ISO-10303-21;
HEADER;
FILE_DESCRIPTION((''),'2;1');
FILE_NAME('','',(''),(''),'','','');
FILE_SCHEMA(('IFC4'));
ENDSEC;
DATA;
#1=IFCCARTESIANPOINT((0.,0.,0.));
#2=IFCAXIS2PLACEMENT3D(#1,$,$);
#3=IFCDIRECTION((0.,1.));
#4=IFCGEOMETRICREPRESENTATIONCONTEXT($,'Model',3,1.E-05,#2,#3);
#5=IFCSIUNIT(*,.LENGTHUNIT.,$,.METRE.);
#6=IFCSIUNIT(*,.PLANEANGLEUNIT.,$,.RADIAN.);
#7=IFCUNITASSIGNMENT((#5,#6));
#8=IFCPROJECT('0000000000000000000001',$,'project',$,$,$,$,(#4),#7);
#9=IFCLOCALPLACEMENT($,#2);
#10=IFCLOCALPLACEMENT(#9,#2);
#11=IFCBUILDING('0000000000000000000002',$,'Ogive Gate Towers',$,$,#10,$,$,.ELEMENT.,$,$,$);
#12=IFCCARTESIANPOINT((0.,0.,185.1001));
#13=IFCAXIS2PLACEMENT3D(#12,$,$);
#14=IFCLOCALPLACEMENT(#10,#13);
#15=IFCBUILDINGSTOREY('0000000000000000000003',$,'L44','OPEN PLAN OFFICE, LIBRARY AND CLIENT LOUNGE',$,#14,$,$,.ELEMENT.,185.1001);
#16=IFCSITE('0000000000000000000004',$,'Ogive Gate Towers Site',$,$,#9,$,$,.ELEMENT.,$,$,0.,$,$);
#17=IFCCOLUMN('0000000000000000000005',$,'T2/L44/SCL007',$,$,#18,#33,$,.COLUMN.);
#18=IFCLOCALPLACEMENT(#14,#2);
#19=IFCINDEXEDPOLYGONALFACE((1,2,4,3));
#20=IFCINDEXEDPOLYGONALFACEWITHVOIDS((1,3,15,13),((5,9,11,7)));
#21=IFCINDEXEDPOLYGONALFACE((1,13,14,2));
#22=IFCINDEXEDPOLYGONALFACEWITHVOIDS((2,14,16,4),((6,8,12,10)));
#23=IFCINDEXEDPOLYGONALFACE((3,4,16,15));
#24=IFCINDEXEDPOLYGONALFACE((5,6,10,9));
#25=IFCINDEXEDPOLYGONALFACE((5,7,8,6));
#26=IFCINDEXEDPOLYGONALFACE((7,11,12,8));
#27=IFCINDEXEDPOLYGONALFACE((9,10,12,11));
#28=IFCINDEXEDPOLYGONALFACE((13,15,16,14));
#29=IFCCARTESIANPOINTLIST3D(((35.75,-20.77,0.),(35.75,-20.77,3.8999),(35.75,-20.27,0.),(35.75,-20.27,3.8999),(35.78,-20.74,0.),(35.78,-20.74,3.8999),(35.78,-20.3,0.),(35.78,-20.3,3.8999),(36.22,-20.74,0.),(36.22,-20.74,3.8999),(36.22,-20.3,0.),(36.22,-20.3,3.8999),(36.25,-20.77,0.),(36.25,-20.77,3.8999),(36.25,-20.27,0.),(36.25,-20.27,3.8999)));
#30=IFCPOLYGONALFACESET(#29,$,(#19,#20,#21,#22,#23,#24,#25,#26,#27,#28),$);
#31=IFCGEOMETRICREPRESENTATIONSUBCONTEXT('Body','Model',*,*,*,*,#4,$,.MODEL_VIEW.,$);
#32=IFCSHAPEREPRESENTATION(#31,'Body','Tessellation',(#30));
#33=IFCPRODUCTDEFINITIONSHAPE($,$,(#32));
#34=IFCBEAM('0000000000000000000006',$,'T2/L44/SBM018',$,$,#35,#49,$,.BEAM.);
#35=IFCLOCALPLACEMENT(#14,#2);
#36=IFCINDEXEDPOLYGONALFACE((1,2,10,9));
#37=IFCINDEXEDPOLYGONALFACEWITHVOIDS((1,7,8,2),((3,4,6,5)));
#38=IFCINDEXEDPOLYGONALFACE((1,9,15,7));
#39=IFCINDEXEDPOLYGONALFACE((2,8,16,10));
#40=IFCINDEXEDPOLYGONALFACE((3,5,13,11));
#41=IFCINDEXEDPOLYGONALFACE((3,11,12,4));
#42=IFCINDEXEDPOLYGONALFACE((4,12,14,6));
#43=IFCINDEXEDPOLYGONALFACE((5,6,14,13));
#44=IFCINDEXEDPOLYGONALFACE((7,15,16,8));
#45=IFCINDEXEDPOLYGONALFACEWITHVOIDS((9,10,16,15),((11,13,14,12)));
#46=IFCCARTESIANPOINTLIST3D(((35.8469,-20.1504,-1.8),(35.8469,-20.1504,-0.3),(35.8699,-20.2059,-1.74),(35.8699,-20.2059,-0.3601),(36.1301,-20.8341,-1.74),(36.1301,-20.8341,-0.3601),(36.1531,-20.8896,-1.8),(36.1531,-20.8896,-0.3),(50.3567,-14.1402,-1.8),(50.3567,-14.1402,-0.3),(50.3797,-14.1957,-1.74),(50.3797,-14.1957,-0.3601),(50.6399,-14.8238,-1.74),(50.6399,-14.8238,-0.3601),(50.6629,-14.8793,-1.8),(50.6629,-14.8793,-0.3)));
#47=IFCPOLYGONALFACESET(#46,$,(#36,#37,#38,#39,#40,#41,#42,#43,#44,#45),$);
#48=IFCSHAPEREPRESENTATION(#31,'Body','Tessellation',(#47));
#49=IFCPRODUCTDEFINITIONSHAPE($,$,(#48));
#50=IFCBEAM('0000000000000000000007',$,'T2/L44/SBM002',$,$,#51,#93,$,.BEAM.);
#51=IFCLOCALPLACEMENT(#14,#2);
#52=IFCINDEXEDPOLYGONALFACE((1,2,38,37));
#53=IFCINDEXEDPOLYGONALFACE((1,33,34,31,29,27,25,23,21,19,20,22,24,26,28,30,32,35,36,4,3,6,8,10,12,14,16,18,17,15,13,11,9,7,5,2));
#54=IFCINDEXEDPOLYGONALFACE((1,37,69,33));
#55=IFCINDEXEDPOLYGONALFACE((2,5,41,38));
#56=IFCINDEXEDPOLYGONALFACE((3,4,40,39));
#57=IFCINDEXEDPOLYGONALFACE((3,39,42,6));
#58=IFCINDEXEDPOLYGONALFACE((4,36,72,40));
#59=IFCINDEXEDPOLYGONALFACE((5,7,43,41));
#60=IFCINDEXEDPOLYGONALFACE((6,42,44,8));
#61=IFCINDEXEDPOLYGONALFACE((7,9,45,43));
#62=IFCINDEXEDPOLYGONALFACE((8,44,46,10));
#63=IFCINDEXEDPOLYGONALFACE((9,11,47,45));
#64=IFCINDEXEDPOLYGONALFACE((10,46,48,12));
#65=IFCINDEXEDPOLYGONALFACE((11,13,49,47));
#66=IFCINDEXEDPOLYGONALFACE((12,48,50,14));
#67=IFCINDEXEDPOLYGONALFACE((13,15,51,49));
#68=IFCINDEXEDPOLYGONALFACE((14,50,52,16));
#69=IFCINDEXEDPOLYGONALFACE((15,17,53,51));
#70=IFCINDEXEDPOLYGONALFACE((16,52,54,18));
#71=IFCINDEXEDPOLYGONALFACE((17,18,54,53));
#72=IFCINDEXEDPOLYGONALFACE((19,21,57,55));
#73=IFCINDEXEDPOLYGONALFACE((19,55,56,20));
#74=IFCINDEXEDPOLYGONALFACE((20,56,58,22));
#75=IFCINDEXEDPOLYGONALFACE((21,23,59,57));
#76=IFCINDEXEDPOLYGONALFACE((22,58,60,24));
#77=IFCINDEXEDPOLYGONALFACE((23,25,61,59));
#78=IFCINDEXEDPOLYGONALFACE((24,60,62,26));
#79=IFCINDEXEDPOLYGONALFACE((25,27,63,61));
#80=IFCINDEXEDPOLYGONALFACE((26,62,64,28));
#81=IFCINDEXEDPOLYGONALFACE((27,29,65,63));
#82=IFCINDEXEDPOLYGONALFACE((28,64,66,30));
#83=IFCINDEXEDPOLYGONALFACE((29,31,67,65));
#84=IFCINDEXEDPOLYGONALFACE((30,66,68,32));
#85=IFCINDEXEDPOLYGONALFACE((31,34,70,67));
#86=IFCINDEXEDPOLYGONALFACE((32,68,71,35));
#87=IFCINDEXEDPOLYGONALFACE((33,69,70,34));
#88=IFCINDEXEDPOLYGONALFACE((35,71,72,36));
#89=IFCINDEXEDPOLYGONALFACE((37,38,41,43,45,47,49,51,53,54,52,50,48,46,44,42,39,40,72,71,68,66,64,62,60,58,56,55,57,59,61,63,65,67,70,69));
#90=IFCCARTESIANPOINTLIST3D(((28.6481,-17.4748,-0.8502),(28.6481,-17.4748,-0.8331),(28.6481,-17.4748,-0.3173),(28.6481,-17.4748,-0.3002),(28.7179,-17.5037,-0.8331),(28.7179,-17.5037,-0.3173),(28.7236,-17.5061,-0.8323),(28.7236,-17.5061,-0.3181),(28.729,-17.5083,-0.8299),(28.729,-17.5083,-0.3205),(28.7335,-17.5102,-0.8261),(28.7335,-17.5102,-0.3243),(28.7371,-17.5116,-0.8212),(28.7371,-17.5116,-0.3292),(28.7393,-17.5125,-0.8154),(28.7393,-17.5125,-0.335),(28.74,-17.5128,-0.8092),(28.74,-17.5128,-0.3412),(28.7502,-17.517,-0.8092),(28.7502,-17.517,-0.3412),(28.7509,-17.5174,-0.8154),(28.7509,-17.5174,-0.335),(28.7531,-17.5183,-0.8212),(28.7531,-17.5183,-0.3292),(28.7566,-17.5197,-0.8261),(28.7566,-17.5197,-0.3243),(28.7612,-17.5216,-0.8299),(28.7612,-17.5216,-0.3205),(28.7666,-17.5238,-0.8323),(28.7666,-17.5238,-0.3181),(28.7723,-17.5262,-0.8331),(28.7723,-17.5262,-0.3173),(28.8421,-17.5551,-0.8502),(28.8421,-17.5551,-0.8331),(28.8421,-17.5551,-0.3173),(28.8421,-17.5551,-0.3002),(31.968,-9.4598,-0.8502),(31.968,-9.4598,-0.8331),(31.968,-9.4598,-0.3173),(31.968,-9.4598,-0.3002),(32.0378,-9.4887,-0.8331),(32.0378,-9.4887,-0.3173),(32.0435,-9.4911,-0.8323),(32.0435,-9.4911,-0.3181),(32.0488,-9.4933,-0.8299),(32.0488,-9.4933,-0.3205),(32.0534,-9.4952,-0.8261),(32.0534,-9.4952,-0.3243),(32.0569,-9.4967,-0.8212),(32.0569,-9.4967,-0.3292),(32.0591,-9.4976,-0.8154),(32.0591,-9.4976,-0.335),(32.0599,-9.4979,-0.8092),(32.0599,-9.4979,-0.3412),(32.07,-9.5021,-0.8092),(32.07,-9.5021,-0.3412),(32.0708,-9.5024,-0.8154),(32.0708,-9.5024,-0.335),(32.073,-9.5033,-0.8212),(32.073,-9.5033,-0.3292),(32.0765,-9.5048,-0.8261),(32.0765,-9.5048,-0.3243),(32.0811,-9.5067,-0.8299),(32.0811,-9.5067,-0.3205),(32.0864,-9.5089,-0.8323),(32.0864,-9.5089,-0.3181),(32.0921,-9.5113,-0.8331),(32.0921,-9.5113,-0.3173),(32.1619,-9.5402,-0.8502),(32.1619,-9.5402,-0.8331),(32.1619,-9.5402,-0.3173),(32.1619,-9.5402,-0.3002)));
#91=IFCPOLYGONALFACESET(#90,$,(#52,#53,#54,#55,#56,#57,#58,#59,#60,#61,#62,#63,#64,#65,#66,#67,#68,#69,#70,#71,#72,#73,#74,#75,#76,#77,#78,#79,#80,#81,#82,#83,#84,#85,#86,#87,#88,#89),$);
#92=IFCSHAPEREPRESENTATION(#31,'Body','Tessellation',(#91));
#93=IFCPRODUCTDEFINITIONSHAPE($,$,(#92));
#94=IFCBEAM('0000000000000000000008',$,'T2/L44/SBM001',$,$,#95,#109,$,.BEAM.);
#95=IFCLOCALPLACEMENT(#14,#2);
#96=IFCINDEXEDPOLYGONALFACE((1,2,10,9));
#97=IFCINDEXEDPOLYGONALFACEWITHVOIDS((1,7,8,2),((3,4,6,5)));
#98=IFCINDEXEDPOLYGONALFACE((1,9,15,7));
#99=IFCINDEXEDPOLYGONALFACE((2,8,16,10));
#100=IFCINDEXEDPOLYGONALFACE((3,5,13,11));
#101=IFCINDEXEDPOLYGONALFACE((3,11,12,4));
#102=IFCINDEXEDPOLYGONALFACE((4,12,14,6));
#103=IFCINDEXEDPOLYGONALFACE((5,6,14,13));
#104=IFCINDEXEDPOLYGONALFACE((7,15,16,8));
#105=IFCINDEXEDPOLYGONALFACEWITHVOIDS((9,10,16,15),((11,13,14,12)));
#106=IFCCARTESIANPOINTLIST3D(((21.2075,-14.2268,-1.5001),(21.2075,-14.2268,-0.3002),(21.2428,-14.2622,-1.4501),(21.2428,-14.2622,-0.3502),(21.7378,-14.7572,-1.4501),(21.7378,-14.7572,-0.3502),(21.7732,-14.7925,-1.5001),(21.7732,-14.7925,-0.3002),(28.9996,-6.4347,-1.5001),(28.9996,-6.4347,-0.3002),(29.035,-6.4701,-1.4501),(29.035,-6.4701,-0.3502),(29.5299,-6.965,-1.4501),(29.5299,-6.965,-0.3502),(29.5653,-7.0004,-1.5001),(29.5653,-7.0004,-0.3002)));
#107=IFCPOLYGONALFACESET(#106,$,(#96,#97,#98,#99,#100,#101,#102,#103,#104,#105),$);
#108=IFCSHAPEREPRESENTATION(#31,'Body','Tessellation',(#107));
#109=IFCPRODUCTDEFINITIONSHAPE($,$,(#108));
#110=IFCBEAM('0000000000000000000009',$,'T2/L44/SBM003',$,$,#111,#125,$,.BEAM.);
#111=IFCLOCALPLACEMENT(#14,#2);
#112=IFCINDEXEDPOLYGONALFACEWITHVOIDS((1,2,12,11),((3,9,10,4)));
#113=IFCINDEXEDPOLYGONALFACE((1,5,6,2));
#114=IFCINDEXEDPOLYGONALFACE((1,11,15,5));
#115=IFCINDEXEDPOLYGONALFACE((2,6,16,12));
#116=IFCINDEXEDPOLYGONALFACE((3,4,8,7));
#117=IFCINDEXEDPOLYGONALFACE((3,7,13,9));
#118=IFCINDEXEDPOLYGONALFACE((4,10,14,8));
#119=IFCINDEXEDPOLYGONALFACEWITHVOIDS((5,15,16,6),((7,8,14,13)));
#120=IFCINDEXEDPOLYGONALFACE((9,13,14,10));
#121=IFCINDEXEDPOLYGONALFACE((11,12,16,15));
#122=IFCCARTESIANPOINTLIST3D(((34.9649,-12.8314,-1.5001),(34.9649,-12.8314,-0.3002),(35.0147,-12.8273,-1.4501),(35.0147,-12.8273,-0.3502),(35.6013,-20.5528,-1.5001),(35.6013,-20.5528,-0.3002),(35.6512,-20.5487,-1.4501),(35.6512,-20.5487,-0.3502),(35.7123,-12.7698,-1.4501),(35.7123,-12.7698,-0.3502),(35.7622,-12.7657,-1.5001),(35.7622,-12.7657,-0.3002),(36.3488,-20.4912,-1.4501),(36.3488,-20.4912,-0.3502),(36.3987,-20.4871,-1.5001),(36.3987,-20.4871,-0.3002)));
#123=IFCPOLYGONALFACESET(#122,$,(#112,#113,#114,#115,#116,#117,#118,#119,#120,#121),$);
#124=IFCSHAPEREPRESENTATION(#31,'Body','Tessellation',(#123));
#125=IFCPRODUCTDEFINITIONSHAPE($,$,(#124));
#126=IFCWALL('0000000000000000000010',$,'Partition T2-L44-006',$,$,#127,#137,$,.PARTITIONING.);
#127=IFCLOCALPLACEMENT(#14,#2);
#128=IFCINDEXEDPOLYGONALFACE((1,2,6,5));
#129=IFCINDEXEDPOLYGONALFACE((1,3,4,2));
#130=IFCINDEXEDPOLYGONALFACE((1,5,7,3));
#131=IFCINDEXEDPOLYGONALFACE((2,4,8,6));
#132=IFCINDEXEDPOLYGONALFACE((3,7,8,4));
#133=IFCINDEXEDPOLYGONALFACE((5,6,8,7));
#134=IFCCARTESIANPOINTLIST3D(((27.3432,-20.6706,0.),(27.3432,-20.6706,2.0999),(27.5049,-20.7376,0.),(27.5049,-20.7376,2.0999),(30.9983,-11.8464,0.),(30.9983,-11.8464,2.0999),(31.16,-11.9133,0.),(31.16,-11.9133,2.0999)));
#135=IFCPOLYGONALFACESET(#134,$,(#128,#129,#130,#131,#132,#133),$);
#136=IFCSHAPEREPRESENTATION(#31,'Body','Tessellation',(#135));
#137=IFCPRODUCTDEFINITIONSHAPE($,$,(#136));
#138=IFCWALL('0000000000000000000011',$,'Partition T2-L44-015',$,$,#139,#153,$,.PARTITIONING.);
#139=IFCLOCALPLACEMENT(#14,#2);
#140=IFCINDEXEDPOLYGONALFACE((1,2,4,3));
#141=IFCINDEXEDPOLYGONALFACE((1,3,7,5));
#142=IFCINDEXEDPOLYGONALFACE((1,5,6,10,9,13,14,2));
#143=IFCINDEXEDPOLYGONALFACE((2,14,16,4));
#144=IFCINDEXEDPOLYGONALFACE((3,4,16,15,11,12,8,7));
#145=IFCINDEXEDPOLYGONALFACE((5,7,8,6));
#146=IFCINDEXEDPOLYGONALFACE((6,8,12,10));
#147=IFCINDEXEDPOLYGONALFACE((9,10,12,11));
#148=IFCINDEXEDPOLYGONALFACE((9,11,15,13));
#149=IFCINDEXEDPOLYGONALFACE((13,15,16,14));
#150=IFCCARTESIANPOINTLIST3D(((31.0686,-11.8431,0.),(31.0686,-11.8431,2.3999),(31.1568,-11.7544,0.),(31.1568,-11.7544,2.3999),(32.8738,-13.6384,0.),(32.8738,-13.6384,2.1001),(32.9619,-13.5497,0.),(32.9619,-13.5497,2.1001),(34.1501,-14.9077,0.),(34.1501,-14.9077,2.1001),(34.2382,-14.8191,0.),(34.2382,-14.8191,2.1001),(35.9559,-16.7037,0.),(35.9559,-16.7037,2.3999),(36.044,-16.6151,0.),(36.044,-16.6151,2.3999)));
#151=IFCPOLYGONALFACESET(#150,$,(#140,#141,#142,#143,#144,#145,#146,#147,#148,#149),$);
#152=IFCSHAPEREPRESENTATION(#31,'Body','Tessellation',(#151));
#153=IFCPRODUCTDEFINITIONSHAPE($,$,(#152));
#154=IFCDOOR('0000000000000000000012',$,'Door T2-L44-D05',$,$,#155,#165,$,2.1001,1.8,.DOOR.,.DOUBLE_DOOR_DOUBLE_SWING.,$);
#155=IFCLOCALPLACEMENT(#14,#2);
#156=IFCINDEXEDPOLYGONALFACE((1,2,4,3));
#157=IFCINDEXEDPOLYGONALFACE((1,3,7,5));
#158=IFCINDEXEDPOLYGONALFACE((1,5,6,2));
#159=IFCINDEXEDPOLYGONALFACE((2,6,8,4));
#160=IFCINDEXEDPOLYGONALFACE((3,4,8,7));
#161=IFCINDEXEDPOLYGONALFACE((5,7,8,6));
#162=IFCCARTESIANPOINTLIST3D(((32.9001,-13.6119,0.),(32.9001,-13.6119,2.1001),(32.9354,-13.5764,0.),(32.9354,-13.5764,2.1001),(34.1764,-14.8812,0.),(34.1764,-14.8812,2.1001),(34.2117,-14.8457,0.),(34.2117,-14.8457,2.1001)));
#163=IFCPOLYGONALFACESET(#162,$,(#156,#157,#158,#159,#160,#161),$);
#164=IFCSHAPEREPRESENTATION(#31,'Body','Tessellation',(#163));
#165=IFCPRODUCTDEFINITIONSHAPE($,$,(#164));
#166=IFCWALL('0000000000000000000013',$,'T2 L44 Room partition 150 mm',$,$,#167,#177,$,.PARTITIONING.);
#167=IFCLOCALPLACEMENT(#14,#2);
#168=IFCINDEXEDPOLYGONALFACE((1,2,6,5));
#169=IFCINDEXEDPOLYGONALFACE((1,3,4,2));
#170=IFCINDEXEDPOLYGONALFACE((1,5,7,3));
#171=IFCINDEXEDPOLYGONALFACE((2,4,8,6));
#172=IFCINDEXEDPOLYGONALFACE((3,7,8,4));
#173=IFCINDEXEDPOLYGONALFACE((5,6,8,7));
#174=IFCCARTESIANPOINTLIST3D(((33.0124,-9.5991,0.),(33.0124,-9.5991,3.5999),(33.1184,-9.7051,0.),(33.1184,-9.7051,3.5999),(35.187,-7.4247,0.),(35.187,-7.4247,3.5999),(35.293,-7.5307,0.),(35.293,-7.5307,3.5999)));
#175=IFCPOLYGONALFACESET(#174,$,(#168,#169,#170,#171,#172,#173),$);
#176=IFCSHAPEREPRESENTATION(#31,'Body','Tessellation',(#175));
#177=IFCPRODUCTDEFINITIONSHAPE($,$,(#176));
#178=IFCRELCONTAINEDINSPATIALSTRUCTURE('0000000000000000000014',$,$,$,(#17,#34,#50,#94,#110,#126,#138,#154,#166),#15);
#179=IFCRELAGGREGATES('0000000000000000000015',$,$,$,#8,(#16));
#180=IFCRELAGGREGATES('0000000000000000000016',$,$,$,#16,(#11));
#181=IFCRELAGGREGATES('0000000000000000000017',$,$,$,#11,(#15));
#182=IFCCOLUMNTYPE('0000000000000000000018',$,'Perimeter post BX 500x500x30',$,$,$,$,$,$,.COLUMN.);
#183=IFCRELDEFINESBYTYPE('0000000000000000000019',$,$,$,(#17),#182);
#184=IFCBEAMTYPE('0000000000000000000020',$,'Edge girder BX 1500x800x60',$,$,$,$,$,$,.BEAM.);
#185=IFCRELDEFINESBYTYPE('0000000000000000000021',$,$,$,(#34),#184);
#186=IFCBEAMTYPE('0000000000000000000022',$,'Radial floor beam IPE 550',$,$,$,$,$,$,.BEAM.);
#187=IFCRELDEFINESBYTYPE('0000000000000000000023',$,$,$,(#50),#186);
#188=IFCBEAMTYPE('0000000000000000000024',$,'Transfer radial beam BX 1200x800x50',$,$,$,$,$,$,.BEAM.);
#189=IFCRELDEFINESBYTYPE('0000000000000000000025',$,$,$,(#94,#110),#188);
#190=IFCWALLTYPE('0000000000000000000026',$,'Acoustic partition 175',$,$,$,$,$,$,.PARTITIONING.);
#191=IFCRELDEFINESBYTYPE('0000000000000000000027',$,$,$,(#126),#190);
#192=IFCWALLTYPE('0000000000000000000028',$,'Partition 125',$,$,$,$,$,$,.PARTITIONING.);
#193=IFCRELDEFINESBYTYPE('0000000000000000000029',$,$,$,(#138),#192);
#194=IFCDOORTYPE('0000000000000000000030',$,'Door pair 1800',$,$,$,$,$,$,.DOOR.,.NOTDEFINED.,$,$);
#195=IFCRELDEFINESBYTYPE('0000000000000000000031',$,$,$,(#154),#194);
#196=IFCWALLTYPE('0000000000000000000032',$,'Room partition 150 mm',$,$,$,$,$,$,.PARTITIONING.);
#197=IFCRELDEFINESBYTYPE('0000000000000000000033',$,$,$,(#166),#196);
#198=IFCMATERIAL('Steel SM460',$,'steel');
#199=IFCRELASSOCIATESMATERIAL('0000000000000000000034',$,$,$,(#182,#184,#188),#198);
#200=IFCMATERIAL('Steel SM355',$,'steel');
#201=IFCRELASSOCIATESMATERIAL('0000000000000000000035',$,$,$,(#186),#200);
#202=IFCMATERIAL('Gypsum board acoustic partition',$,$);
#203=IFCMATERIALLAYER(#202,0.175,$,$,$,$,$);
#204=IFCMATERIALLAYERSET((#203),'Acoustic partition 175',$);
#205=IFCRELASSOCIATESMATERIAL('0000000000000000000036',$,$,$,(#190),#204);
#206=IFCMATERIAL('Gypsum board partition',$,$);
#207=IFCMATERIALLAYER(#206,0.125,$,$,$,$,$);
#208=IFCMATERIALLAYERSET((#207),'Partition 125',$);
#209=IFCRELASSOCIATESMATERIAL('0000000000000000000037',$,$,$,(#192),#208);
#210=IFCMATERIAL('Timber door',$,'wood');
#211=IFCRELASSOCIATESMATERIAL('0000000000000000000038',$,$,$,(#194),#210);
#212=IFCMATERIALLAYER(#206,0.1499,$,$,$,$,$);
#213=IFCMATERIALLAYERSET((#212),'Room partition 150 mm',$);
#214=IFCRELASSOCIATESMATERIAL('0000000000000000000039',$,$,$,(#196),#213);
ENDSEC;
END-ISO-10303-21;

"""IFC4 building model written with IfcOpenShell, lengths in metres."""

from ifc_helpers import new_model, si_unit, direction, frame, frame_2d, origin, origin_2d, place, context, subcontext, project, spatial, rectangle, hollow_rectangle, i_section, extrude, material, layer, layer_set, material_profile, profile_set, type_object, element, fill, save


model = new_model("IFC4")

# Units and contexts
model_context = context("Model", 3, precision=1e-05, world=origin(), true_north=direction((0.0, 1.0)))
body_context = subcontext(model_context, "Body", "Model", "MODEL_VIEW")
ifc_project = project(units=[si_unit("LENGTHUNIT", "METRE"), si_unit("PLANEANGLEUNIT", "RADIAN")], contexts=[model_context])

# Site, building, storey
site_placement = place(None, origin())
site = spatial("IfcSite", under=ifc_project, at=site_placement, Name="Ogive Gate Towers Site", CompositionType="ELEMENT", RefElevation=0.0)
building_placement = place(site_placement, origin())
building = spatial("IfcBuilding", under=site, at=building_placement, Name="Ogive Gate Towers", CompositionType="ELEMENT")
storey_placement = place(building_placement, frame((0.0, 0.0, 185.1001)))
storey = spatial("IfcBuildingStorey", under=building, at=storey_placement, Name="L44", Description="OPEN PLAN OFFICE, LIBRARY AND CLIENT LOUNGE", CompositionType="ELEMENT", Elevation=185.1001)

# Column
ifc_material_1 = material(Name="Steel SM460", Category="steel")
ifc_material_profile_1 = material_profile(ifc_material_1, hollow_rectangle(XDim=0.5, YDim=0.5, WallThickness=0.03, at=origin_2d()), Name="BX 500x500x30")
ifc_profile_set_1 = profile_set([ifc_material_profile_1], Name="Steel SM460")
column_type = type_object("IfcColumnType", Name="Perimeter post BX 500x500x30", PredefinedType="COLUMN", material=ifc_profile_set_1)
column_placement = place(storey_placement, frame((36.0, -20.52, 0.0), z_axis=(0.0, 0.0, 1.0), x_axis=(1.0, 0.0, 0.0)))
element("IfcColumn", 1, at=column_placement, inside=storey, type_object=column_type, Name="T2/L44/SCL007", PredefinedType="COLUMN", context=body_context, shape_type="SweptSolid", body=[
    extrude(hollow_rectangle(XDim=0.5, YDim=0.5, WallThickness=0.03, at=origin_2d()), origin(), (0.0, 0.0, 1.0), 3.8999),
])

# Beams
ifc_material_profile_2 = material_profile(ifc_material_1, hollow_rectangle(XDim=0.8, YDim=1.5, WallThickness=0.0601, at=origin_2d()), Name="BX 1500x800x60")
ifc_profile_set_2 = profile_set([ifc_material_profile_2], Name="Steel SM460")
beam_type_1 = type_object("IfcBeamType", Name="Edge girder BX 1500x800x60", PredefinedType="BEAM", material=ifc_profile_set_2)
beam_1_placement = place(storey_placement, frame((36.0, -20.52, -1.05), z_axis=(0.923877, 0.38269, 0.0), x_axis=(-0.38269, 0.923877, 0.0)))
element("IfcBeam", 2, at=beam_1_placement, inside=storey, type_object=beam_type_1, Name="T2/L44/SBM018", PredefinedType="BEAM", context=body_context, shape_type="SweptSolid", body=[
    extrude(hollow_rectangle(XDim=0.8, YDim=1.5, WallThickness=0.0601, at=origin_2d()), origin(), (0.0, 0.0, 1.0), 15.7053),
])
ifc_material_2 = material(Name="Steel SM355", Category="steel")
ifc_material_profile_3 = material_profile(ifc_material_2, i_section(OverallWidth=0.21, OverallDepth=0.55, WebThickness=0.011, FlangeThickness=0.0171, FilletRadius=0.0239, at=origin_2d()), Name="IPE 550")
ifc_profile_set_3 = profile_set([ifc_material_profile_3], Name="Steel SM355")
beam_type_2 = type_object("IfcBeamType", Name="Radial floor beam IPE 550", PredefinedType="BEAM", material=ifc_profile_set_3)
beam_2_placement = place(storey_placement, frame((32.0649, -9.5, -0.5752), z_axis=(-0.382678, -0.923882, 0.0), x_axis=(0.923882, -0.382678, 0.0)))
element("IfcBeam", 3, at=beam_2_placement, inside=storey, type_object=beam_type_2, Name="T2/L44/SBM002", PredefinedType="BEAM", context=body_context, shape_type="SweptSolid", body=[
    extrude(i_section(OverallWidth=0.21, OverallDepth=0.55, WebThickness=0.011, FlangeThickness=0.0171, FilletRadius=0.0239, at=origin_2d()), origin(), (0.0, 0.0, 1.0), 8.6753),
])
ifc_material_profile_4 = material_profile(ifc_material_1, hollow_rectangle(XDim=0.8, YDim=1.2, WallThickness=0.05, at=origin_2d()), Name="BX 1200x800x50")
ifc_profile_set_4 = profile_set([ifc_material_profile_4], Name="Steel SM460")
beam_type_3 = type_object("IfcBeamType", Name="Transfer radial beam BX 1200x800x50", PredefinedType="BEAM", material=ifc_profile_set_4)
beam_3_placement = place(storey_placement, frame((29.2825, -6.7175, -0.9001), z_axis=(-0.707107, -0.707107, 0.0), x_axis=(0.707107, -0.707107, 0.0)))
element("IfcBeam", 4, at=beam_3_placement, inside=storey, type_object=beam_type_3, Name="T2/L44/SBM001", PredefinedType="BEAM", context=body_context, shape_type="SweptSolid", body=[
    extrude(hollow_rectangle(XDim=0.8, YDim=1.2, WallThickness=0.05, at=origin_2d()), origin(), (0.0, 0.0, 1.0), 11.0198),
])
beam_4_placement = place(storey_placement, frame((35.3635, -12.7986, -0.9001), z_axis=(0.082151, -0.99662, 0.0), x_axis=(0.99662, 0.082151, 0.0)))
element("IfcBeam", 5, at=beam_4_placement, inside=storey, type_object=beam_type_3, Name="T2/L44/SBM003", PredefinedType="BEAM", context=body_context, shape_type="SweptSolid", body=[
    extrude(hollow_rectangle(XDim=0.8, YDim=1.2, WallThickness=0.05, at=origin_2d()), origin(), (0.0, 0.0, 1.0), 7.7476),
])

# Wall
ifc_material_3 = material(Name="Gypsum board acoustic partition")
ifc_layer_1 = layer(ifc_material_3, 0.175)
ifc_layer_set_1 = layer_set([ifc_layer_1], Name="Acoustic partition 175")
wall_type_1 = type_object("IfcWallType", Name="Acoustic partition 175", PredefinedType="PARTITIONING", material=ifc_layer_set_1)
wall_1_placement = place(storey_placement, frame((27.4241, -20.7041, 0.0), z_axis=(0.0, 0.0, 1.0), x_axis=(0.382676, 0.923883, 0.0)))
element("IfcWall", 6, at=wall_1_placement, inside=storey, type_object=wall_type_1, Name="Partition T2-L44-006", PredefinedType="PARTITIONING", context=body_context, shape_type="SweptSolid", body=[
    extrude(rectangle(XDim=9.5513, YDim=0.175, at=frame_2d((4.7756, 0.0))), origin(), (0.0, 0.0, 1.0), 2.0999),
])

# Wall, opening, door
ifc_material_4 = material(Name="Gypsum board partition")
ifc_layer_2 = layer(ifc_material_4, 0.125)
ifc_layer_set_2 = layer_set([ifc_layer_2], Name="Partition 125")
wall_type_2 = type_object("IfcWallType", Name="Partition 125", PredefinedType="PARTITIONING", material=ifc_layer_set_2)
wall_2_placement = place(storey_placement, frame((31.1128, -11.7988, 0.0), z_axis=(0.0, 0.0, 1.0), x_axis=(0.709035, -0.705174, 0.0)))
wall_2 = element("IfcWall", 7, at=wall_2_placement, inside=storey, type_object=wall_type_2, Name="Partition T2-L44-015", PredefinedType="PARTITIONING", context=body_context, shape_type="SweptSolid", body=[
    extrude(rectangle(XDim=6.8928, YDim=0.125, at=frame_2d((3.4463, 0.0))), origin(), (0.0, 0.0, 1.0), 2.3999),
])
opening_1_placement = place(wall_2_placement, frame((2.5459, 0.0, 0.0)))
opening_1 = element("IfcOpeningElement", 8, at=opening_1_placement, cuts=wall_2, PredefinedType="OPENING", context=body_context, shape_type="SweptSolid", body=[
    extrude(rectangle(XDim=1.8, YDim=2.1001, at=frame_2d((0.8999, 1.05))), frame((0.0, 0.0725, 0.0), z_axis=(0.0, -1.0, 0.0), x_axis=(1.0, 0.0, 0.0)), (0.0, 0.0, 1.0), 0.145),
])
ifc_material_5 = material(Name="Timber door", Category="wood")
door_type_1 = type_object("IfcDoorType", Name="Door pair 1800", OperationType="NOTDEFINED", PredefinedType="DOOR", material=ifc_material_5)
door_1_placement = place(opening_1_placement, origin())
door_1 = element("IfcDoor", 9, at=door_1_placement, inside=storey, type_object=door_type_1, Name="Door T2-L44-D05", OperationType="DOUBLE_DOOR_DOUBLE_SWING", OverallHeight=2.1001, OverallWidth=1.8, PredefinedType="DOOR", context=body_context, shape_type="SweptSolid", body=[
    extrude(rectangle(XDim=1.8, YDim=2.1001, at=frame_2d((0.8999, 1.05))), frame((0.0, 0.0249, 0.0), z_axis=(0.0, -1.0, 0.0), x_axis=(1.0, 0.0, 0.0)), (0.0, 0.0, 1.0), 0.05),
])
fill(opening_1, door_1)

# Wall
ifc_layer_3 = layer(ifc_material_4, 0.1499)
ifc_layer_set_3 = layer_set([ifc_layer_3], Name="Room partition 150 mm")
wall_type_3 = type_object("IfcWallType", Name="Room partition 150 mm", PredefinedType="PARTITIONING", material=ifc_layer_set_3)
wall_3_placement = place(storey_placement, frame((33.0654, -9.6521, 0.0), z_axis=(0.0, 0.0, 1.0), x_axis=(0.707146, 0.707067, 0.0)))
element("IfcWall", 10, at=wall_3_placement, inside=storey, type_object=wall_type_3, Name="T2 L44 Room partition 150 mm", PredefinedType="PARTITIONING", context=body_context, shape_type="SweptSolid", body=[
    extrude(rectangle(XDim=3.0752, YDim=0.1499, at=frame_2d((1.5376, 0.0))), origin(), (0.0, 0.0, 1.0), 3.5999),
])

save(model, "model.ifc")
